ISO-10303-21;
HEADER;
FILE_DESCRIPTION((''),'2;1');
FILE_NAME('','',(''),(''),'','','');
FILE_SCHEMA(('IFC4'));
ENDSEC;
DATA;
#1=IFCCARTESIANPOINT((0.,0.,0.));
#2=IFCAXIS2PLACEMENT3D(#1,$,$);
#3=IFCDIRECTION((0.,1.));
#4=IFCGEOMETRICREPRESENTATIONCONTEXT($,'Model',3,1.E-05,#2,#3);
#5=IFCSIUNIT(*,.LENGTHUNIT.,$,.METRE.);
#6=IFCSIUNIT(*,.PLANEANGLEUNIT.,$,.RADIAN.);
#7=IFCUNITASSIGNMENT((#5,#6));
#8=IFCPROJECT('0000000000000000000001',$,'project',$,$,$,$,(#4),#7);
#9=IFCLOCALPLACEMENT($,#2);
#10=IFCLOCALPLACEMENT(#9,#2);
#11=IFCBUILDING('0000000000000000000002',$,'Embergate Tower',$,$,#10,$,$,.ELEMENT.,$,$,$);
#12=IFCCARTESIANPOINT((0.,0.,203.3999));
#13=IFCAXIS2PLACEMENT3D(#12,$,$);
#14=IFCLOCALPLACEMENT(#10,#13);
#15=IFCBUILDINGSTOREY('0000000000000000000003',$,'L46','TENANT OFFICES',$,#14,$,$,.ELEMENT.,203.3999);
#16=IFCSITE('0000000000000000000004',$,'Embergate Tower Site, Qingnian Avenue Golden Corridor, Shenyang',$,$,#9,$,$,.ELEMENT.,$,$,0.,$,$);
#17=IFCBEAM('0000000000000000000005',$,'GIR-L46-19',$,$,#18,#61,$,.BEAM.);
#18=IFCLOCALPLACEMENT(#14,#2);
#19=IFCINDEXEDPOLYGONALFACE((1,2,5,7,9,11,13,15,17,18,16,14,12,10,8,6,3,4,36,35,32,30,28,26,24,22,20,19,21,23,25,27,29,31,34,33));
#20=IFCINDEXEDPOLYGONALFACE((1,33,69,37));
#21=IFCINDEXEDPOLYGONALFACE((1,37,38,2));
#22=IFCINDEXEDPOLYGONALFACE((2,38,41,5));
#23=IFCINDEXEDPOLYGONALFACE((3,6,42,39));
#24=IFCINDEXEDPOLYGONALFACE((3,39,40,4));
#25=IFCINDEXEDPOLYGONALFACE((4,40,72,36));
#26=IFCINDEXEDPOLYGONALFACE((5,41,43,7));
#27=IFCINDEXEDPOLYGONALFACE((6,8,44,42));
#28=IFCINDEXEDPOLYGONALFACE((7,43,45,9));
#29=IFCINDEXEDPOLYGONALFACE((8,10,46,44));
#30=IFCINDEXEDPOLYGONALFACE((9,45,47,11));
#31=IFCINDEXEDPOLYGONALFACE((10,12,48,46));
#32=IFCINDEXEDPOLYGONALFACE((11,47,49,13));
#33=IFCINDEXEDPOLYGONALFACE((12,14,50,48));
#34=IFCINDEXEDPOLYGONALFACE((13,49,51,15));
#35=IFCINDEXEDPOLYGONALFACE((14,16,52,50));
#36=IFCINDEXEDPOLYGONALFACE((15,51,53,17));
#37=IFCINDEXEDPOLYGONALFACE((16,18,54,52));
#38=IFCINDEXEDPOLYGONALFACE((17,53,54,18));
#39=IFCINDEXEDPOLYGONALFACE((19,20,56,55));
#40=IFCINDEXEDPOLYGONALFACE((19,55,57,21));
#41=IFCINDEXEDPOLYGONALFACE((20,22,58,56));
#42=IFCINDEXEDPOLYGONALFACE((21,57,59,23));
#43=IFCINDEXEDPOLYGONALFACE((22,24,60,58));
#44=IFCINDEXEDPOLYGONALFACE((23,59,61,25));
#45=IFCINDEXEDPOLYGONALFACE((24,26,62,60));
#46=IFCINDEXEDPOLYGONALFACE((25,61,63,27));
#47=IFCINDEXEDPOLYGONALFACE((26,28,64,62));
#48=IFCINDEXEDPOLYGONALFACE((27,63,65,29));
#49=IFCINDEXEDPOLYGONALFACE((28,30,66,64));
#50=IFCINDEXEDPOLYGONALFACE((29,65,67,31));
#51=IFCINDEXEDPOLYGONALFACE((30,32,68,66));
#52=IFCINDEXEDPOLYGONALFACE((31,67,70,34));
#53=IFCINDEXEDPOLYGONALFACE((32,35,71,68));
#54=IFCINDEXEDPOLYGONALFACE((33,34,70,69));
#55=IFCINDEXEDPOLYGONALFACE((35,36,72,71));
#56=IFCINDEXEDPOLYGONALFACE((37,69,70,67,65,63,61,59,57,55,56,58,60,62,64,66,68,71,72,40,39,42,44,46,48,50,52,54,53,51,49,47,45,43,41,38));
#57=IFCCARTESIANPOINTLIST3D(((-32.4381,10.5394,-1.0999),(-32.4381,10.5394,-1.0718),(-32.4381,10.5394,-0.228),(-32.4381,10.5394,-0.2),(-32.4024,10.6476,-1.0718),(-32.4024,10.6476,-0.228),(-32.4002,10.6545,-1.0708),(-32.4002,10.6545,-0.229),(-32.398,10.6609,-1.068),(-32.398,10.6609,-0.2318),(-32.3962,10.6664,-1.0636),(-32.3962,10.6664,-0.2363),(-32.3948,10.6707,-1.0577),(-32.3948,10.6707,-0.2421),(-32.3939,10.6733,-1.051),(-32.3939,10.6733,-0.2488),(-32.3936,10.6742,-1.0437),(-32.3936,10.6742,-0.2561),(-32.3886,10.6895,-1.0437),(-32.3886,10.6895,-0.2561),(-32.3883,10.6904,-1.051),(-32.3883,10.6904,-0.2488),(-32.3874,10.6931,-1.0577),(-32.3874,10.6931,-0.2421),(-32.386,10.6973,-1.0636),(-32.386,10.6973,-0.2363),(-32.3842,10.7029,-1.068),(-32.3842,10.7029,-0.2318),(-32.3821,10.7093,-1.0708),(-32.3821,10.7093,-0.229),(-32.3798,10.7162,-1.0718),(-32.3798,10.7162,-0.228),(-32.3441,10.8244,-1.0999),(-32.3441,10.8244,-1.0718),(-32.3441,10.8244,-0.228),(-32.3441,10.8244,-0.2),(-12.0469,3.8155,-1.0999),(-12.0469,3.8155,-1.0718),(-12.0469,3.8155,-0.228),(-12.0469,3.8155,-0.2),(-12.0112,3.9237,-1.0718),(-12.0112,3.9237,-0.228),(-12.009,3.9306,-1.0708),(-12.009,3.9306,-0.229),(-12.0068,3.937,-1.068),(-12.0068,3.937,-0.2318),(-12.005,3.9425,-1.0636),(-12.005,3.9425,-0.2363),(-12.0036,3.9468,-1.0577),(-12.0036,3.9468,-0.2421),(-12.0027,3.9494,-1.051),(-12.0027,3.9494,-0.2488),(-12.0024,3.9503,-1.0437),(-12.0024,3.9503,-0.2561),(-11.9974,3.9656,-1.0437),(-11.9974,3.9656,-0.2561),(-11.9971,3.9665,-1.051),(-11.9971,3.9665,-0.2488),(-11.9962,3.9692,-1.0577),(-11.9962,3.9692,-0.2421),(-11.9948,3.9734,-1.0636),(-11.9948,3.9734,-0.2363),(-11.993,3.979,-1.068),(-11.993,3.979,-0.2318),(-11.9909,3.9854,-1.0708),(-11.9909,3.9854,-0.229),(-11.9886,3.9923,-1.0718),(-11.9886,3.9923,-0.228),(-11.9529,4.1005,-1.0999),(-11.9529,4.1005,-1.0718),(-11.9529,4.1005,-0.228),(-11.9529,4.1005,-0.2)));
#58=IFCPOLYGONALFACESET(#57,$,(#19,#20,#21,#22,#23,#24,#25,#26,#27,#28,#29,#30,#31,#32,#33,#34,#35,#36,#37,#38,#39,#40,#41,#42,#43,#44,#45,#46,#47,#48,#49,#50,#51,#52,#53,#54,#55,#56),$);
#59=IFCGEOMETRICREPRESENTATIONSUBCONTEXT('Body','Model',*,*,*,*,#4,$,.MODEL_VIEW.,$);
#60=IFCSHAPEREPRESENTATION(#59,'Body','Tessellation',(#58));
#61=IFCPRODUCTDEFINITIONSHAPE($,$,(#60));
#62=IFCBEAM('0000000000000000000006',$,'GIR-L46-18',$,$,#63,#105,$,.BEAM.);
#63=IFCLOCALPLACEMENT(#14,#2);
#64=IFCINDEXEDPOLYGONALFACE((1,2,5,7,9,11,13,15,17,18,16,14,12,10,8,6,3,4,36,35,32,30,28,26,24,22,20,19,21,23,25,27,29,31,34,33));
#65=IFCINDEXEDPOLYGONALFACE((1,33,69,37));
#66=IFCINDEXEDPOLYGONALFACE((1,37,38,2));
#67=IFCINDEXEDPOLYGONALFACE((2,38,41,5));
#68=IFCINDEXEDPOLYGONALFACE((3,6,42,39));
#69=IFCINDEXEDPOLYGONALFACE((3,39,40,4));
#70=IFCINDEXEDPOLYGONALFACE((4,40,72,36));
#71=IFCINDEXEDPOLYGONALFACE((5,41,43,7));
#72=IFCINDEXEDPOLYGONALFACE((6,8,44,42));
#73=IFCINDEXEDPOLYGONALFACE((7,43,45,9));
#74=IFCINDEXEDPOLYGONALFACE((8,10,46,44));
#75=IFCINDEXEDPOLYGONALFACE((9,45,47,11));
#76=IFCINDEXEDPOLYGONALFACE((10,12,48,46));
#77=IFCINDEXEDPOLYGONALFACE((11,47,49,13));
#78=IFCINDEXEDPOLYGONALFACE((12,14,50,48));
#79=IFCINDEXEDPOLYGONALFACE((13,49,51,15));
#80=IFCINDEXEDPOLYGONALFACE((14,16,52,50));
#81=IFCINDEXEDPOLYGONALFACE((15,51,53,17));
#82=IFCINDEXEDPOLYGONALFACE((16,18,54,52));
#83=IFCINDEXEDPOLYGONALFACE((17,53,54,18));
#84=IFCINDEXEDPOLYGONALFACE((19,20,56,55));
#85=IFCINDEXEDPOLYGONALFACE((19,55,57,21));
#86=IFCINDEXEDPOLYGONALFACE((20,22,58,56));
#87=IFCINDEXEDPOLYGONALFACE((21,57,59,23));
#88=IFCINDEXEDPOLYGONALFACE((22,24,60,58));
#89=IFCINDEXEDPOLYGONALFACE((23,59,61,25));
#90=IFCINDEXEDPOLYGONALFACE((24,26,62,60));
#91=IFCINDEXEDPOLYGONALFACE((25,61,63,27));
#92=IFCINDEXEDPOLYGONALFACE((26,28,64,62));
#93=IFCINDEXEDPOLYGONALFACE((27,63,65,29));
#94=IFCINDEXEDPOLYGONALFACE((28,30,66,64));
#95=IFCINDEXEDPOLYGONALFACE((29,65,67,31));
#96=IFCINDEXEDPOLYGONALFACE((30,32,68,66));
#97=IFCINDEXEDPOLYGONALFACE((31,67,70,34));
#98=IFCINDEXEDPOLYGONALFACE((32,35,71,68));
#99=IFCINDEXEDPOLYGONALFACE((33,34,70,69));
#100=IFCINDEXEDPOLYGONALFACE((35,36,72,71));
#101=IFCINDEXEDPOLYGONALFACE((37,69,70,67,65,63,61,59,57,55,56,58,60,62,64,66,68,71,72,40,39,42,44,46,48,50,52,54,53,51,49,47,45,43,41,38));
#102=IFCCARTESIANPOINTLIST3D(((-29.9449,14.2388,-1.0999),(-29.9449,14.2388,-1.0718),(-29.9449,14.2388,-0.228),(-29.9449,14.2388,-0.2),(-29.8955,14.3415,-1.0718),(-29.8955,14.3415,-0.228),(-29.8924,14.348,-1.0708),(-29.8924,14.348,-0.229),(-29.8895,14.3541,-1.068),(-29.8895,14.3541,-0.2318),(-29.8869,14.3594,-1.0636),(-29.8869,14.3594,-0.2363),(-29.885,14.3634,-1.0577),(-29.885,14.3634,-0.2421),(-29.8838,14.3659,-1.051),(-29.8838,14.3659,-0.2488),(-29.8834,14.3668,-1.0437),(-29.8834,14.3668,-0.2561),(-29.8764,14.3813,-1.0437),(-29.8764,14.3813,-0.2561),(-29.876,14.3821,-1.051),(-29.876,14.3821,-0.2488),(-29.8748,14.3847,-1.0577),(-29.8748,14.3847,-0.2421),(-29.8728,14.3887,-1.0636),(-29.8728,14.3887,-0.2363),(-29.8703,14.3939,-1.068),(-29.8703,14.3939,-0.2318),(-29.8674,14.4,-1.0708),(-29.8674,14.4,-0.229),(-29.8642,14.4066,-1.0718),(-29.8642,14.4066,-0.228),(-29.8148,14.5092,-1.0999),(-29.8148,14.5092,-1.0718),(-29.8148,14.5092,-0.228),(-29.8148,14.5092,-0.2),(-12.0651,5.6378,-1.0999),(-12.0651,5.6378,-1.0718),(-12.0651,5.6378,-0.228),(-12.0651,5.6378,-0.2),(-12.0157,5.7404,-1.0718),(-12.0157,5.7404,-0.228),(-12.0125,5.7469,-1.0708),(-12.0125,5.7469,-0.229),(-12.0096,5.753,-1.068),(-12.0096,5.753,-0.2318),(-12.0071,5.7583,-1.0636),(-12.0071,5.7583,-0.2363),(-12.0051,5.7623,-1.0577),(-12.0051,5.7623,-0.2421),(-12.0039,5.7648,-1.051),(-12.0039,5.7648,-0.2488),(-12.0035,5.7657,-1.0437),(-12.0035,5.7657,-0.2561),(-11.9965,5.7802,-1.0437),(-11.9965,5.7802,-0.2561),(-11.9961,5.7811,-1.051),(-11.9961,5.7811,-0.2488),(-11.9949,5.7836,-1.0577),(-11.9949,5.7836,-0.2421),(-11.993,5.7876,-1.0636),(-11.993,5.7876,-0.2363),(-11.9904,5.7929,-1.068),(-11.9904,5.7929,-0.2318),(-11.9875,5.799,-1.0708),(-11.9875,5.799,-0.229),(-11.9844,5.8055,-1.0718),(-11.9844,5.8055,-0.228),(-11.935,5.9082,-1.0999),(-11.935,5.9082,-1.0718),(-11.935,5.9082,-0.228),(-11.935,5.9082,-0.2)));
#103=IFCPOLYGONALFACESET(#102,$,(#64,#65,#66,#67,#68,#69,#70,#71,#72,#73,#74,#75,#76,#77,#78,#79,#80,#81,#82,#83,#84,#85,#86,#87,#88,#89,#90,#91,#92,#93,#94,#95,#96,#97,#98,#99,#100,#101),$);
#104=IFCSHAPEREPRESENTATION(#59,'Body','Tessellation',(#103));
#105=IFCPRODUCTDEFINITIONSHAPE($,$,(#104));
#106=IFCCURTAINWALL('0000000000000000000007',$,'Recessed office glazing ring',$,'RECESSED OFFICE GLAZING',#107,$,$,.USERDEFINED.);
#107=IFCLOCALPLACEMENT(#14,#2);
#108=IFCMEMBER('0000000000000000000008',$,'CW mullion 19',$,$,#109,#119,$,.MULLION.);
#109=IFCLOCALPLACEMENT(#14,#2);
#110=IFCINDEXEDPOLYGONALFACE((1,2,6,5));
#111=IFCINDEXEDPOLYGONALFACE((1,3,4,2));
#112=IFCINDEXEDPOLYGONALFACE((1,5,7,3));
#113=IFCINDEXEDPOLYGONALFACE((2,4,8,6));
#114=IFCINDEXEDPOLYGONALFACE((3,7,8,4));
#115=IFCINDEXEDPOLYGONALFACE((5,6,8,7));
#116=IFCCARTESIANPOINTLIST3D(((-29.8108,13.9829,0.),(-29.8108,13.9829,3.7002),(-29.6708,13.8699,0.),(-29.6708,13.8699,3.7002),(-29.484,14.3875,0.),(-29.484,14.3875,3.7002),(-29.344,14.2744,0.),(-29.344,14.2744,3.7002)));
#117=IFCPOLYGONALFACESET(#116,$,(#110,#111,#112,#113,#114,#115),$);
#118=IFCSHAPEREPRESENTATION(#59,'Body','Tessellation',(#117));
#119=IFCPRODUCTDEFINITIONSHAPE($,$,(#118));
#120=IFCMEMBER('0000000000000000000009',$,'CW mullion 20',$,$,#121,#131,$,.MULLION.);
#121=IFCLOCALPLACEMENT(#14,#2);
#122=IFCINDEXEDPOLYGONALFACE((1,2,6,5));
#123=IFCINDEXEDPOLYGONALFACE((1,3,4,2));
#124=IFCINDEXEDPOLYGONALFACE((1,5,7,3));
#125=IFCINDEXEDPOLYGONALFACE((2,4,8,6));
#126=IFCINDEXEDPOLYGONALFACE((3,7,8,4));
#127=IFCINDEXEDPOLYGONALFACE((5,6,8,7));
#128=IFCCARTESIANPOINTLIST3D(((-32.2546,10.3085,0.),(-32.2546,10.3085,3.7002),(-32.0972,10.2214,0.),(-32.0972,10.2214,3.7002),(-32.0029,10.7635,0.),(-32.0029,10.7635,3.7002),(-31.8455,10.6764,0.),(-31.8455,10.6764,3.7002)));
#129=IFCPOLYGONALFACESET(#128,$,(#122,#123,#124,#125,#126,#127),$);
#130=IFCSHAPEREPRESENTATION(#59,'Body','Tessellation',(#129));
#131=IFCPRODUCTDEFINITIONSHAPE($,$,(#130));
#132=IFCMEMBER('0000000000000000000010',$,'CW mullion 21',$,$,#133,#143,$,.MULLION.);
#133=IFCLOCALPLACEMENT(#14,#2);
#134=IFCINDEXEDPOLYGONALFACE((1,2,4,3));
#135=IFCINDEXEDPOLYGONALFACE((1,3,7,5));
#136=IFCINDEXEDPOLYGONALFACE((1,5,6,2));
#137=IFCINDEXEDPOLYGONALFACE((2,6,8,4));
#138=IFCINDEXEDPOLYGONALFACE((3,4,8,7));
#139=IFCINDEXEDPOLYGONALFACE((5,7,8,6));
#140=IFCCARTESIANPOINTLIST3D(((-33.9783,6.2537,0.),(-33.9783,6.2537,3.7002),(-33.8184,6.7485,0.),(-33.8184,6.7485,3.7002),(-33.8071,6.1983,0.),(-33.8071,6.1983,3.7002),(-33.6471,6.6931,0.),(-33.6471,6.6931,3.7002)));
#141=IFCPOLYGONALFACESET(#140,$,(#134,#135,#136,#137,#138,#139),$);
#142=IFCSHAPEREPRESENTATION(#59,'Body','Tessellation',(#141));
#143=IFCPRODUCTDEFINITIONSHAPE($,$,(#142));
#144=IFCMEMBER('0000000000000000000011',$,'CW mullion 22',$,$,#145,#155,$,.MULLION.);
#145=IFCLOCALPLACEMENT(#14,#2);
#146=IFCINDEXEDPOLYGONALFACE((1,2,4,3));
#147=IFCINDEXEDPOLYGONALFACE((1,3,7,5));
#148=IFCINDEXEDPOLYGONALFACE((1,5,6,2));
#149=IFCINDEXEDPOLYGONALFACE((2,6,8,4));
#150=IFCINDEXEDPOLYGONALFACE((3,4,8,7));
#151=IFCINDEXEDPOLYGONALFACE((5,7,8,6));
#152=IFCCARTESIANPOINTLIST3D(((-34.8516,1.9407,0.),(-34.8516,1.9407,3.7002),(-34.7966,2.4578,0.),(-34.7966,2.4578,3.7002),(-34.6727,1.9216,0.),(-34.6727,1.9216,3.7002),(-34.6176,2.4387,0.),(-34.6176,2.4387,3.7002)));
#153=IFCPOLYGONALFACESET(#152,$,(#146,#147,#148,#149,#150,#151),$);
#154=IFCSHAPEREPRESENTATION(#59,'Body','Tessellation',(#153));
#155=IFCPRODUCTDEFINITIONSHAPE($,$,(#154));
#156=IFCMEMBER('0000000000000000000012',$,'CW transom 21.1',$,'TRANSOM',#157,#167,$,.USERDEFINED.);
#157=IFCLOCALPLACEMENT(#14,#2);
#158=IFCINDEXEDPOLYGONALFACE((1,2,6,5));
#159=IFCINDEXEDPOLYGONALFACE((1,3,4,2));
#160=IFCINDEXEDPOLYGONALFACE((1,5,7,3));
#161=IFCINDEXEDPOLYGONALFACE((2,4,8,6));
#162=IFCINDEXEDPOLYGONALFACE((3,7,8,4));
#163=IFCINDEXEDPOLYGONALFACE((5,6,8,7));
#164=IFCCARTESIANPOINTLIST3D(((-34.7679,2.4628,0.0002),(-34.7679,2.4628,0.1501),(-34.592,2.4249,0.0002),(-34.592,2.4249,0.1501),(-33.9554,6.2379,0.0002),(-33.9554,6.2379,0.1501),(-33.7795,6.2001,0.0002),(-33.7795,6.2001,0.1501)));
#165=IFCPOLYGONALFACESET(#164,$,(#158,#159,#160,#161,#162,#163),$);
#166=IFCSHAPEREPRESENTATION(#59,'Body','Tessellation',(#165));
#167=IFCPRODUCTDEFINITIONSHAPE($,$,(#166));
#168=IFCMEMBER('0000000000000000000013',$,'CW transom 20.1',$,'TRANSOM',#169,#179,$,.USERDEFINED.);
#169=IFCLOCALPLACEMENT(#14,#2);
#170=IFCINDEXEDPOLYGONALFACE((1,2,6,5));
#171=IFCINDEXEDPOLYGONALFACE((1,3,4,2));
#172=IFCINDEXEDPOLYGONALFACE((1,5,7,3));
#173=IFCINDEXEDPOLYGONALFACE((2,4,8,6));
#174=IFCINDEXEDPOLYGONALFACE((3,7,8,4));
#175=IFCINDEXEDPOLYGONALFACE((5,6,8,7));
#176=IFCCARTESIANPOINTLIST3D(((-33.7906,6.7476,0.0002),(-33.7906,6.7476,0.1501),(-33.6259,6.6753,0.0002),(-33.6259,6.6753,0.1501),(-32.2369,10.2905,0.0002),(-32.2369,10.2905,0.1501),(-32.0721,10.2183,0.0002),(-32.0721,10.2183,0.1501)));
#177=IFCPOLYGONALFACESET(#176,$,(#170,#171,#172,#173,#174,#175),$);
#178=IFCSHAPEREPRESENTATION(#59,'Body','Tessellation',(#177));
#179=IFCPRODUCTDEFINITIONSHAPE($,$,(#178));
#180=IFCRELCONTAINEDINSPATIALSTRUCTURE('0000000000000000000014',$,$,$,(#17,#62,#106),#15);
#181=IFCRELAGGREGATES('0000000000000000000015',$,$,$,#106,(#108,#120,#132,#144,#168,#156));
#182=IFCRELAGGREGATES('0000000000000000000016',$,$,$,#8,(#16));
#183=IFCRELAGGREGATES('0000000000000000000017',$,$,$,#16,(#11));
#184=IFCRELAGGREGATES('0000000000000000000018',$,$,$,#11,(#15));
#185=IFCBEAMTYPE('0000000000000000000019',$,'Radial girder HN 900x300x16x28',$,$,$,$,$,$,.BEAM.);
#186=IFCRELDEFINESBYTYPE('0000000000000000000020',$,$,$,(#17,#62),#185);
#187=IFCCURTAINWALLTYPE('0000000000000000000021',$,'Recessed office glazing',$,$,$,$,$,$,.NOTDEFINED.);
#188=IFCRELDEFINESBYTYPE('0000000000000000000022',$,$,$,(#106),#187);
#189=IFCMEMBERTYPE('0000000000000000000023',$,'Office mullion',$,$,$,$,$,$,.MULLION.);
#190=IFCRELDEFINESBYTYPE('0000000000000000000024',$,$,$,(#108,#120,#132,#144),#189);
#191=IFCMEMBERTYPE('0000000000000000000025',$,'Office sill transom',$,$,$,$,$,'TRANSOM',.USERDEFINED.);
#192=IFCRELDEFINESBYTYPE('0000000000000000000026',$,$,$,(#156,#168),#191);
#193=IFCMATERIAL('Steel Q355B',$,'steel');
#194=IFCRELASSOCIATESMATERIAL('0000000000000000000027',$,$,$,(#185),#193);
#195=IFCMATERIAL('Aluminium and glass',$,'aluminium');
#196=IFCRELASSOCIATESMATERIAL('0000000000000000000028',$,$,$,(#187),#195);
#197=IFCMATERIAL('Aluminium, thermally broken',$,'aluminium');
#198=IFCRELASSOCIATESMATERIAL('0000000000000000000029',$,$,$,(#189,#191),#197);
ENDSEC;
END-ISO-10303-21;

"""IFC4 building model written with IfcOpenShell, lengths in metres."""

from ifc_helpers import new_model, si_unit, direction, frame, origin, origin_2d, place, context, subcontext, project, spatial, rectangle, i_section, extrude, source, transform, mapped, material, material_profile, profile_set, type_object, element, aggregate, save


model = new_model("IFC4")

# Units and contexts
model_context = context("Model", 3, precision=1e-05, world=origin(), true_north=direction((0.0, 1.0)))
body_context = subcontext(model_context, "Body", "Model", "MODEL_VIEW")
ifc_project = project(units=[si_unit("LENGTHUNIT", "METRE"), si_unit("PLANEANGLEUNIT", "RADIAN")], contexts=[model_context])

# Site, building, storey
site_placement = place(None, origin())
site = spatial("IfcSite", under=ifc_project, at=site_placement, Name="Embergate Tower Site, Qingnian Avenue Golden Corridor, Shenyang", CompositionType="ELEMENT", RefElevation=0.0)
building_placement = place(site_placement, origin())
building = spatial("IfcBuilding", under=site, at=building_placement, Name="Embergate Tower", CompositionType="ELEMENT")
storey_placement = place(building_placement, frame((0.0, 0.0, 203.3999)))
storey = spatial("IfcBuildingStorey", under=building, at=storey_placement, Name="L46", Description="TENANT OFFICES", CompositionType="ELEMENT", Elevation=203.3999)

# Beams
ifc_material_1 = material(Name="Steel Q355B", Category="steel")
ifc_material_profile_1 = material_profile(ifc_material_1, i_section(OverallWidth=0.3, OverallDepth=0.8999, WebThickness=0.0161, FlangeThickness=0.0281, FilletRadius=0.0281, at=origin_2d()), Name="HN 900x300x16x28")
ifc_profile_set_1 = profile_set([ifc_material_profile_1], Name="Steel Q355 grade B")
beam_type_1 = type_object("IfcBeamType", Name="Radial girder HN 900x300x16x28", PredefinedType="BEAM", material=ifc_profile_set_1)
shared_shape_1 = source(origin(), body_context, "Body", "SweptSolid", [
    extrude(i_section(OverallWidth=0.3, OverallDepth=0.8999, WebThickness=0.0161, FlangeThickness=0.0281, FilletRadius=0.0281, at=origin_2d()), origin(), (0.0, 0.0, 1.0), 21.4712),
])
beam_1_placement = place(storey_placement, frame((-32.3911, 10.6819, -0.6499), z_axis=(0.949701, -0.313159, 0.0), x_axis=(0.313159, 0.949701, 0.0)))
element("IfcBeam", 1, at=beam_1_placement, inside=storey, type_object=beam_type_1, Name="GIR-L46-19", PredefinedType="BEAM", context=body_context, shape_type="MappedRepresentation", body=[
    mapped(shared_shape_1, transform((0.0, 0.0, 0.0))),
])
shared_shape_2 = source(origin(), body_context, "Body", "SweptSolid", [
    extrude(i_section(OverallWidth=0.3, OverallDepth=0.8999, WebThickness=0.0161, FlangeThickness=0.0281, FilletRadius=0.0281, at=origin_2d()), origin(), (0.0, 0.0, 1.0), 19.8411),
])
beam_2_placement = place(storey_placement, frame((-29.8799, 14.374, -0.6499), z_axis=(0.901154, -0.433498, 0.0), x_axis=(0.433498, 0.901154, 0.0)))
element("IfcBeam", 2, at=beam_2_placement, inside=storey, type_object=beam_type_1, Name="GIR-L46-18", PredefinedType="BEAM", context=body_context, shape_type="MappedRepresentation", body=[
    mapped(shared_shape_2, transform((0.0, 0.0, 0.0))),
])

# Curtain wall, members
ifc_material_2 = material(Name="Aluminium and glass", Category="aluminium")
curtain_wall_type = type_object("IfcCurtainWallType", Name="Recessed office glazing", PredefinedType="NOTDEFINED", material=ifc_material_2)
curtain_wall_placement = place(storey_placement, origin())
curtain_wall = element("IfcCurtainWall", 3, at=curtain_wall_placement, inside=storey, type_object=curtain_wall_type, Name="Recessed office glazing ring", ObjectType="RECESSED OFFICE GLAZING", PredefinedType="USERDEFINED")
ifc_material_3 = material(Name="Aluminium, thermally broken", Category="aluminium")
ifc_material_profile_2 = material_profile(ifc_material_3, rectangle(XDim=0.1799, YDim=0.52, at=origin_2d()), Name="AL 520x180")
ifc_profile_set_2 = profile_set([ifc_material_profile_2], Name="Aluminium, thermally broken")
member_type_1 = type_object("IfcMemberType", Name="Office mullion", PredefinedType="MULLION", material=ifc_profile_set_2)
shared_shape_3 = source(origin(), body_context, "Body", "SweptSolid", [
    extrude(rectangle(XDim=0.1799, YDim=0.52, at=origin_2d()), origin(), (0.0, 0.0, 1.0), 3.7002),
])
member_1_placement = place(storey_placement, frame((-29.5774, 14.1287, 0.0), z_axis=(0.0, 0.0, 1.0), x_axis=(0.777879, -0.628414, 0.0)))
member_1 = element("IfcMember", 4, at=member_1_placement, type_object=member_type_1, Name="CW mullion 19", PredefinedType="MULLION", context=body_context, shape_type="MappedRepresentation", body=[
    mapped(shared_shape_3, transform((0.0, 0.0, 0.0))),
])
member_2_placement = place(storey_placement, frame((-32.05, 10.4924, 0.0), z_axis=(0.0, 0.0, 1.0), x_axis=(0.875006, -0.484112, 0.0)))
member_2 = element("IfcMember", 5, at=member_2_placement, type_object=member_type_1, Name="CW mullion 20", PredefinedType="MULLION", context=body_context, shape_type="MappedRepresentation", body=[
    mapped(shared_shape_3, transform((0.0, 0.0, 0.0))),
])
member_3_placement = place(storey_placement, frame((-33.8127, 6.4734, 0.0), z_axis=(0.0, 0.0, 1.0), x_axis=(0.951499, -0.307651, 0.0)))
member_3 = element("IfcMember", 6, at=member_3_placement, type_object=member_type_1, Name="CW mullion 21", PredefinedType="MULLION", context=body_context, shape_type="MappedRepresentation", body=[
    mapped(shared_shape_3, transform((0.0, 0.0, 0.0))),
])
member_4_placement = place(storey_placement, frame((-34.7346, 2.1897, 0.0), z_axis=(0.0, 0.0, 1.0), x_axis=(0.994385, -0.105822, 0.0)))
member_4 = element("IfcMember", 7, at=member_4_placement, type_object=member_type_1, Name="CW mullion 22", PredefinedType="MULLION", context=body_context, shape_type="MappedRepresentation", body=[
    mapped(shared_shape_3, transform((0.0, 0.0, 0.0))),
])
ifc_material_profile_3 = material_profile(ifc_material_3, rectangle(XDim=0.1799, YDim=0.1499, at=origin_2d()), Name="AL 150x180")
ifc_profile_set_3 = profile_set([ifc_material_profile_3], Name="Aluminium, thermally broken")
member_type_2 = type_object("IfcMemberType", Name="Office sill transom", ElementType="TRANSOM", PredefinedType="USERDEFINED", material=ifc_profile_set_3)
shared_shape_4 = source(origin(), body_context, "Body", "SweptSolid", [
    extrude(rectangle(XDim=0.1799, YDim=0.1499, at=origin_2d()), origin(), (0.0, 0.0, 1.0), 3.8616),
])
member_5_placement = place(storey_placement, frame((-33.8674, 6.219, 0.0752), z_axis=(-0.210405, -0.977614, 0.0), x_axis=(0.977614, -0.210405, 0.0)))
member_5 = element("IfcMember", 8, at=member_5_placement, type_object=member_type_2, Name="CW transom 21.1", ObjectType="TRANSOM", PredefinedType="USERDEFINED", context=body_context, shape_type="MappedRepresentation", body=[
    mapped(shared_shape_4, transform((0.0, 0.0, 0.0))),
])
shared_shape_5 = source(origin(), body_context, "Body", "SweptSolid", [
    extrude(rectangle(XDim=0.1799, YDim=0.1499, at=origin_2d()), origin(), (0.0, 0.0, 1.0), 3.8687),
])
member_6_placement = place(storey_placement, frame((-32.1545, 10.2544, 0.0752), z_axis=(-0.401613, -0.915809, 0.0), x_axis=(0.915809, -0.401613, 0.0)))
member_6 = element("IfcMember", 9, at=member_6_placement, type_object=member_type_2, Name="CW transom 20.1", ObjectType="TRANSOM", PredefinedType="USERDEFINED", context=body_context, shape_type="MappedRepresentation", body=[
    mapped(shared_shape_5, transform((0.0, 0.0, 0.0))),
])
aggregate(curtain_wall, [member_1, member_2, member_3, member_4, member_6, member_5])

save(model, "model.ifc")
